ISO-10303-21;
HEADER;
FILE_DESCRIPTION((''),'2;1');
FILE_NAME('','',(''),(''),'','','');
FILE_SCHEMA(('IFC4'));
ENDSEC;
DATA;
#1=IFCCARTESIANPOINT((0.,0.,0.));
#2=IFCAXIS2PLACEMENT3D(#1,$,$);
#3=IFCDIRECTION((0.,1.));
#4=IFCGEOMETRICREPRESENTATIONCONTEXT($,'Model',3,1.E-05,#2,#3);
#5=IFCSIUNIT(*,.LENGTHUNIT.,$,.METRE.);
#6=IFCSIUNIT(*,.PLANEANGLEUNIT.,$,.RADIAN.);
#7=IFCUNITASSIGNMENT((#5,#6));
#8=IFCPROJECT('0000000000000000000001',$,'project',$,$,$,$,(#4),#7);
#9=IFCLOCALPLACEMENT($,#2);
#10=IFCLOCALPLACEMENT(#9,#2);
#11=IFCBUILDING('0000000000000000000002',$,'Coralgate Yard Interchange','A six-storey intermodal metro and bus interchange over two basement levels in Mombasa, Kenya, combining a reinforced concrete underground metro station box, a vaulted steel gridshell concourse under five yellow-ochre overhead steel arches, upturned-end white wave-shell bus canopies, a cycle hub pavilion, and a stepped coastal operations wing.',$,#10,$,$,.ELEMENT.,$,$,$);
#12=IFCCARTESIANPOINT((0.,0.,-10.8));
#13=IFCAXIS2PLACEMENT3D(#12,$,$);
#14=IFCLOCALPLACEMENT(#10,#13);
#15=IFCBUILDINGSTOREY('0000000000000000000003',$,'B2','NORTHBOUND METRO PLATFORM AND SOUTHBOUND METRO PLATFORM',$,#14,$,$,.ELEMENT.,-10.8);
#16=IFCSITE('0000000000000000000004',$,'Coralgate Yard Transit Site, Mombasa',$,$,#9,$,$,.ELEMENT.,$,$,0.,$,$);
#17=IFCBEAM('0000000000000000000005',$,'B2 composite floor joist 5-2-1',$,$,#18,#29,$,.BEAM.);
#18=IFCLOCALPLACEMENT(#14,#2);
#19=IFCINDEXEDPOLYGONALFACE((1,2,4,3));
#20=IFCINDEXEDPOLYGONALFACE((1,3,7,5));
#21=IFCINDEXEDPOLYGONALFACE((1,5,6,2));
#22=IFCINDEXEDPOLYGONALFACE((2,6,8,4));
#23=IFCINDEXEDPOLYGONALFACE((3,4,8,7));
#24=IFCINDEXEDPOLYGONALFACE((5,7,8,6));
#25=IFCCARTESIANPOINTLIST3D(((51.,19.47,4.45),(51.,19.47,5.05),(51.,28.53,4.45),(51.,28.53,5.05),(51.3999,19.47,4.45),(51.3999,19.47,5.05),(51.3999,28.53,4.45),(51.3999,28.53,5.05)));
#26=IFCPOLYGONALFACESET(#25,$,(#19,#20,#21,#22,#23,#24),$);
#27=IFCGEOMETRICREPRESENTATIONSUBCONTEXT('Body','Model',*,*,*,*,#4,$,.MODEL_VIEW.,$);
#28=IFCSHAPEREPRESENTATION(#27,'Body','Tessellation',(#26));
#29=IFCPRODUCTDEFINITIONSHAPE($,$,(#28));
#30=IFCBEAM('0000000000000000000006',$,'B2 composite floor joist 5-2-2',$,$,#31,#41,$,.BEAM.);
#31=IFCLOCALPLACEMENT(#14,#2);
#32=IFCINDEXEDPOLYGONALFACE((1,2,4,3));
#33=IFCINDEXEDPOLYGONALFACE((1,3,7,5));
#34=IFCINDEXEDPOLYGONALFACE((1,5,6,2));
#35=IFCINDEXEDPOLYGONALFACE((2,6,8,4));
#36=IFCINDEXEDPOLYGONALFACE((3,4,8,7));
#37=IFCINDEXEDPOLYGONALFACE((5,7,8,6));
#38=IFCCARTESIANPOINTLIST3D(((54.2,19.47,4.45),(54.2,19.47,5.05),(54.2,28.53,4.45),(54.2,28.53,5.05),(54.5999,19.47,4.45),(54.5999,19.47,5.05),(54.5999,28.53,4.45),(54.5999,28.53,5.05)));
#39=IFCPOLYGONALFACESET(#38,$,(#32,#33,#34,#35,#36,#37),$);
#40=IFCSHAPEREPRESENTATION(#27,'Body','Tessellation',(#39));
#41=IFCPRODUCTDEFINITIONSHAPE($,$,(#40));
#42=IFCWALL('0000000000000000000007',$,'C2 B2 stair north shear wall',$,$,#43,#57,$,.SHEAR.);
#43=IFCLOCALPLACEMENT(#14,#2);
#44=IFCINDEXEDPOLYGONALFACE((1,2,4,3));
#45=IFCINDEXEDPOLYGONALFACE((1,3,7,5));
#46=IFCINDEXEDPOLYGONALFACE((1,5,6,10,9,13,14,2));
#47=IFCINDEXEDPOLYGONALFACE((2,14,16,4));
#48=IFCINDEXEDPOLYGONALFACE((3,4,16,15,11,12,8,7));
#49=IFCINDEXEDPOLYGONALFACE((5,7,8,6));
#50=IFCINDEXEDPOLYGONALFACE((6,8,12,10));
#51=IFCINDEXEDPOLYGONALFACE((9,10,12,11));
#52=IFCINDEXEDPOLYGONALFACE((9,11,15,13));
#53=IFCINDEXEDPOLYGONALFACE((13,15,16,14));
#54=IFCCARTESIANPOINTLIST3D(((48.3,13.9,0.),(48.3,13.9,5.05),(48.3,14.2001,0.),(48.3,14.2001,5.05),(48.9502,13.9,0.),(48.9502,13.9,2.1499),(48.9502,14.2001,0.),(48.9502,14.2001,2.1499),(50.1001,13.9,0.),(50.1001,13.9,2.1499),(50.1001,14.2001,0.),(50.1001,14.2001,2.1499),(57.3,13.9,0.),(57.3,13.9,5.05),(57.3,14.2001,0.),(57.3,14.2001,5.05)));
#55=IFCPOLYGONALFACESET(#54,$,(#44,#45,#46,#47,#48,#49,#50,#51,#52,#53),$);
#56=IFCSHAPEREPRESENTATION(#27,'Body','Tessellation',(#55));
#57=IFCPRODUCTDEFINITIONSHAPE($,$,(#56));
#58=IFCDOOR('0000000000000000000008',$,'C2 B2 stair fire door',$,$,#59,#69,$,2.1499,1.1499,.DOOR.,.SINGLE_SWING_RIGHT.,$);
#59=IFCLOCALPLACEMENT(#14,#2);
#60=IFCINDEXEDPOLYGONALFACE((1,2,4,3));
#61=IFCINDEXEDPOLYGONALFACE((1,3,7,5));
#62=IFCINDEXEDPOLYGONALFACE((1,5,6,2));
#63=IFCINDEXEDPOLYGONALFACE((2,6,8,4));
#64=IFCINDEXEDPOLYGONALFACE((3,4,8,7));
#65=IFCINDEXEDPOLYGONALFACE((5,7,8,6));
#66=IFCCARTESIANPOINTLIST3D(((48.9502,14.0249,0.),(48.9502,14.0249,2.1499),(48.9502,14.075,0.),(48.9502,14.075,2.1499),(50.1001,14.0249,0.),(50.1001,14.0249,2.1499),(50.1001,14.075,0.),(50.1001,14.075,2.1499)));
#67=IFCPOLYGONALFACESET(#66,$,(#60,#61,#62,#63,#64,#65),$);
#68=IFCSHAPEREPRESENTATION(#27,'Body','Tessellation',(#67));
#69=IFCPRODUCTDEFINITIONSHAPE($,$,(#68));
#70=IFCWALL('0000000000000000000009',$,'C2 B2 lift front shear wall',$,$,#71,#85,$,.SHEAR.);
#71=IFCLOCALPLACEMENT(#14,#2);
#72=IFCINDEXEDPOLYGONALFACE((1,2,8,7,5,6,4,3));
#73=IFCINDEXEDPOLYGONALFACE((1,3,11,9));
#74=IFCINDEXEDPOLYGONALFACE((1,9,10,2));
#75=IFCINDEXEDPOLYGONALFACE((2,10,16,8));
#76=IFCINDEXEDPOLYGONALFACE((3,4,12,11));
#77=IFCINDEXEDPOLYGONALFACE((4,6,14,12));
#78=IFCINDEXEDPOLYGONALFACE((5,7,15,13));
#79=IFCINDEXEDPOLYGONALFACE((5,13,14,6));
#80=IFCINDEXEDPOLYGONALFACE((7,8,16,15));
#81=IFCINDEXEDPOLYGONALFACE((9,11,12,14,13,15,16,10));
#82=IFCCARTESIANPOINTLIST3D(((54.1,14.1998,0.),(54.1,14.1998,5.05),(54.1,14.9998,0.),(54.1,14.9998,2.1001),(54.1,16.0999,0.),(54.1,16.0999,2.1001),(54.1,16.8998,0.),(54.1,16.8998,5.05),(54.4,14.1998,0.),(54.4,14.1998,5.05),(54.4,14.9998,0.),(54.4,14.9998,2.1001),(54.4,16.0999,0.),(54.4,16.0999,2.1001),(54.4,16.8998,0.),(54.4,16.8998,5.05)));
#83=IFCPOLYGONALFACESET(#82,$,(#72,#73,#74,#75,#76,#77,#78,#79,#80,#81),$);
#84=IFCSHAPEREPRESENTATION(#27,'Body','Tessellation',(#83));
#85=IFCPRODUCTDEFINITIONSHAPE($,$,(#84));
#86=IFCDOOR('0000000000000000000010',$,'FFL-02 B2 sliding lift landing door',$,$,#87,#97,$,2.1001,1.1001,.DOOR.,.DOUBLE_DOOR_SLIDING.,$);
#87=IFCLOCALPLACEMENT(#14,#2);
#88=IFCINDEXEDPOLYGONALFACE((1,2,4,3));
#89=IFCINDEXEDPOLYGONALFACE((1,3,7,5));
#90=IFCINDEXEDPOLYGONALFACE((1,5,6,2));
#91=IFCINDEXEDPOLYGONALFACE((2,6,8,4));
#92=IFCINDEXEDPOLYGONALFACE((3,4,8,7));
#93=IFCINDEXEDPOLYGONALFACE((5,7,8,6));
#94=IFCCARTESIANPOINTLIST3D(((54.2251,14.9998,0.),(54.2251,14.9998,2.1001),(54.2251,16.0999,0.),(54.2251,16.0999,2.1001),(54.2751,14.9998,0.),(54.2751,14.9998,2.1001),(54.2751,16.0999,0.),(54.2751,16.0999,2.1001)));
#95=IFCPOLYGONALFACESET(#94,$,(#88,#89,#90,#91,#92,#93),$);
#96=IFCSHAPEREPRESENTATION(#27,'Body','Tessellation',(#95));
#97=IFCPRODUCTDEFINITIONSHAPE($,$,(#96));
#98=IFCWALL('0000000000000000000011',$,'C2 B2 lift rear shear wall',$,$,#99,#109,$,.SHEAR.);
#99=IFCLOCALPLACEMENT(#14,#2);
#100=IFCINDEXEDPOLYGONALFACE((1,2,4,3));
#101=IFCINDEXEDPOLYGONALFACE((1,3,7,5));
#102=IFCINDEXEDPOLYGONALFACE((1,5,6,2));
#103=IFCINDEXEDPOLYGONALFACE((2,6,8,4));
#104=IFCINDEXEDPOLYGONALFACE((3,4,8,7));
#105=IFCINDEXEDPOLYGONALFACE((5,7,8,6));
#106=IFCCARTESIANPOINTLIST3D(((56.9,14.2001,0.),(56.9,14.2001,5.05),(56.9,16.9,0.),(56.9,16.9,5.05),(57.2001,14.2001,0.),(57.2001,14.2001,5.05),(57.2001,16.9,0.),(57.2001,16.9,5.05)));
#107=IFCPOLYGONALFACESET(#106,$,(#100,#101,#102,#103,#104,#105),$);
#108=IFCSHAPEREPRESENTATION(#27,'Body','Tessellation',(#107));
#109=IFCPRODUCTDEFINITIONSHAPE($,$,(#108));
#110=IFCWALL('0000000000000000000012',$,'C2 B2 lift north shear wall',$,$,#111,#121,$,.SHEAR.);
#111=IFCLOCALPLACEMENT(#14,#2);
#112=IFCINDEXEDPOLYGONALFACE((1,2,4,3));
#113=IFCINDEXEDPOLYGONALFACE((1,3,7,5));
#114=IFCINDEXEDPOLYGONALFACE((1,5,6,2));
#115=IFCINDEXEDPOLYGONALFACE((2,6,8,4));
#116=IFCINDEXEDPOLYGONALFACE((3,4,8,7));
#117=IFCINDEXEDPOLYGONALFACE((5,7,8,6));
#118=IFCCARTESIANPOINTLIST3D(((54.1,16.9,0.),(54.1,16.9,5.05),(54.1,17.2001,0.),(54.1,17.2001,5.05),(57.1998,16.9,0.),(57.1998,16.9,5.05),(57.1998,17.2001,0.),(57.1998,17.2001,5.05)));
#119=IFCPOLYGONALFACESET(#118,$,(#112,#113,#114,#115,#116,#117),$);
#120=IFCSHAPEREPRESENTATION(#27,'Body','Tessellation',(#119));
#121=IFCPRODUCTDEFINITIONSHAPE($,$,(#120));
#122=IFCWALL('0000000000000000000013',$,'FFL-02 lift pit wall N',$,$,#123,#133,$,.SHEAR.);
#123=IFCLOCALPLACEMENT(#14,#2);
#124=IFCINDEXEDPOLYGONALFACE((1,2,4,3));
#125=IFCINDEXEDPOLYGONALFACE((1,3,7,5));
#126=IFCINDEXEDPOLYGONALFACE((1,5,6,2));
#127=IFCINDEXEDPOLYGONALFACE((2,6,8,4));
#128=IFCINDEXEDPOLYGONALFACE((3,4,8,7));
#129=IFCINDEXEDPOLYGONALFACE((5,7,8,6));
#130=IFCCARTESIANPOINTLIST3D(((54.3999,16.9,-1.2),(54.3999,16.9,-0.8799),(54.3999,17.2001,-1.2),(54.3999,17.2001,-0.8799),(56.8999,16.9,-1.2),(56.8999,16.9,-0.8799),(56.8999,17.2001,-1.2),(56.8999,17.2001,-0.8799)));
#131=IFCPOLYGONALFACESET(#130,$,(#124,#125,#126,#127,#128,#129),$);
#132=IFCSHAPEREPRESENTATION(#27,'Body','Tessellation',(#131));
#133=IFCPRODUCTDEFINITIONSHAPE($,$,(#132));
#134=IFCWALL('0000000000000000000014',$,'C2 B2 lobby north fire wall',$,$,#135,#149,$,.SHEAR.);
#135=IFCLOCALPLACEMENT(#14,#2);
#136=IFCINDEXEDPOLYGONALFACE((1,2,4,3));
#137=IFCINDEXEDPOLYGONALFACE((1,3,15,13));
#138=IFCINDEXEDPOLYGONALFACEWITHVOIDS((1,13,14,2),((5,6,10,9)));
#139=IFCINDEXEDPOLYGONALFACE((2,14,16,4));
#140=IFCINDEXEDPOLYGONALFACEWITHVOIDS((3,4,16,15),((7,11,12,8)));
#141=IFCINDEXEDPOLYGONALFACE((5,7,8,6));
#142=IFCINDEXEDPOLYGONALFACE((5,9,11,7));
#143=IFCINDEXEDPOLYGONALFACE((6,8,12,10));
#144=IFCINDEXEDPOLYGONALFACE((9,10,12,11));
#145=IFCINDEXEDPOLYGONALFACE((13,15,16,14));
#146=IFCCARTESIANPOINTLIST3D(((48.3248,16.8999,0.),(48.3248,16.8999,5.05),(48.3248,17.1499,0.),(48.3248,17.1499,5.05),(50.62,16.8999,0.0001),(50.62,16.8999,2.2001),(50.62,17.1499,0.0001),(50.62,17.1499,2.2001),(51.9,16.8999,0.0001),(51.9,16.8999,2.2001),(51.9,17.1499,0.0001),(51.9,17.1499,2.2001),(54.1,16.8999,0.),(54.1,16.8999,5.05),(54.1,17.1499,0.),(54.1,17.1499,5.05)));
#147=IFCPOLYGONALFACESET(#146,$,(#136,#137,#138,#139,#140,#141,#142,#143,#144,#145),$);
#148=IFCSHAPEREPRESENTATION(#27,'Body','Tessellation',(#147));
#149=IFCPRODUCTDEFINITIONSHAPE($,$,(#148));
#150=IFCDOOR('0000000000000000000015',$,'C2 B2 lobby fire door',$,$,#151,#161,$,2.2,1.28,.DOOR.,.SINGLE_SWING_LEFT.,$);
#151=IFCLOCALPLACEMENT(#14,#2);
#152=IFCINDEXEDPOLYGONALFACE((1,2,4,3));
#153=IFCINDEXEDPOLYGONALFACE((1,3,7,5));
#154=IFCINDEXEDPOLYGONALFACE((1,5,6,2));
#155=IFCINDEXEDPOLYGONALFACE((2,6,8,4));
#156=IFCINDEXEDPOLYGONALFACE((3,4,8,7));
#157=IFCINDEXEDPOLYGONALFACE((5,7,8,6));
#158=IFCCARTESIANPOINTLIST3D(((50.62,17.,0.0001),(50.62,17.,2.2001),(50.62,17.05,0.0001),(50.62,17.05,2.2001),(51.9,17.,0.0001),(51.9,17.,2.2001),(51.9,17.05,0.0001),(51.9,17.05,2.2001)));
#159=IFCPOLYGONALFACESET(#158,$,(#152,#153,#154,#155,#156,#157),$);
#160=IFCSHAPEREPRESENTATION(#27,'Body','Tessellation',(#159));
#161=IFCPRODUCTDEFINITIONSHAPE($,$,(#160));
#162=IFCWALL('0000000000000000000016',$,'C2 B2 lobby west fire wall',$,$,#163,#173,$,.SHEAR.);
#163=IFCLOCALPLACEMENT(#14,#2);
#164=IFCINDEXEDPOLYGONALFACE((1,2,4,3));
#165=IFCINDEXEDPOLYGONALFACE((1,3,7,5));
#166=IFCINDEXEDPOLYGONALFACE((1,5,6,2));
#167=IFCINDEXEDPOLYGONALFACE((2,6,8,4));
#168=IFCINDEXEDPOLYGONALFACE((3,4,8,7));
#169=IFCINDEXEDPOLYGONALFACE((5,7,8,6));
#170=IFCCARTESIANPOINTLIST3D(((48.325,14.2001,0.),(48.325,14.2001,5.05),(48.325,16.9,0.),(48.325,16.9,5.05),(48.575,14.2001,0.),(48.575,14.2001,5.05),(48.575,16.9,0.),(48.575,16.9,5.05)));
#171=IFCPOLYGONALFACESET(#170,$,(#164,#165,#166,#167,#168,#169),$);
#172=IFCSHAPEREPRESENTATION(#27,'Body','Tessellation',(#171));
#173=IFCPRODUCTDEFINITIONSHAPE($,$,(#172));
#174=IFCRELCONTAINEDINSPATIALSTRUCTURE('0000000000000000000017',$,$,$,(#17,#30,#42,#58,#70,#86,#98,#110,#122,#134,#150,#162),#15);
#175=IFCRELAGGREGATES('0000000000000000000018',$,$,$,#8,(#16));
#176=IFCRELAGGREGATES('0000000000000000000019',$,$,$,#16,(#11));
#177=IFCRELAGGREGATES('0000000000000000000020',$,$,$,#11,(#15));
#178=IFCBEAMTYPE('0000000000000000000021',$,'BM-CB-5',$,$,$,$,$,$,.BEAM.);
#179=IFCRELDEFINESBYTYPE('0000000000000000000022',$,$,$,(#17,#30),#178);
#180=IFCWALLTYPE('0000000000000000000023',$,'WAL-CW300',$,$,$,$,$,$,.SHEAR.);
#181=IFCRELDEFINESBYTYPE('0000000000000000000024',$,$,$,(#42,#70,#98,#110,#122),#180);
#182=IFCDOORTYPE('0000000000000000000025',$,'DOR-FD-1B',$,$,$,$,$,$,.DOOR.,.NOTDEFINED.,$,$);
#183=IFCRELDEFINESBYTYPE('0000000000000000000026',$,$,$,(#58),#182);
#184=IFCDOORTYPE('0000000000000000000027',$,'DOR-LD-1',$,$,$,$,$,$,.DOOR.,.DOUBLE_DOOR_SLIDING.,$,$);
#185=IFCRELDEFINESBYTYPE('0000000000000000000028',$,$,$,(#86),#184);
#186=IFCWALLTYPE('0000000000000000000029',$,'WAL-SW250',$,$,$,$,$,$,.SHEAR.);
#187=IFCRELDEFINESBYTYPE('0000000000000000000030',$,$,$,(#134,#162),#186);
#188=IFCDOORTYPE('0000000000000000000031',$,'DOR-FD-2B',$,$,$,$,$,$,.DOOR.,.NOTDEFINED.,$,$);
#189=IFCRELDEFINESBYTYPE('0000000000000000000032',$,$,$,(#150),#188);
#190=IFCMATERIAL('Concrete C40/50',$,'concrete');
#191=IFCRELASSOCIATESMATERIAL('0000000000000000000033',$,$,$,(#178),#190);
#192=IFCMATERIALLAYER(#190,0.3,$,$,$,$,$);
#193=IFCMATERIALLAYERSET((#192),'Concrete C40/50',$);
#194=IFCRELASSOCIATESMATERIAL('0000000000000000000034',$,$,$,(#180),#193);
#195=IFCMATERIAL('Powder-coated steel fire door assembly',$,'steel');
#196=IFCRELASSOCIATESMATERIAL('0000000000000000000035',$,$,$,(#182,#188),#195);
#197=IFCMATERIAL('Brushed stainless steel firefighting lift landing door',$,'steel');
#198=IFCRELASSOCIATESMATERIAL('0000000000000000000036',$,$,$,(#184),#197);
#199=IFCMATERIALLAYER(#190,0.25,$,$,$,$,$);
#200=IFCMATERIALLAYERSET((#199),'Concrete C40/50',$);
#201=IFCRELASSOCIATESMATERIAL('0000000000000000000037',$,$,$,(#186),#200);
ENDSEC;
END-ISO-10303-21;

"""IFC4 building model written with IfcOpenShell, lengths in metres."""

from ifc_helpers import new_model, si_unit, direction, frame, frame_2d, origin, origin_2d, place, context, subcontext, project, spatial, rectangle, extrude, material, layer, layer_set, material_profile, profile_set, type_object, element, fill, save


model = new_model("IFC4")

# Units and contexts
model_context = context("Model", 3, precision=1e-05, world=origin(), true_north=direction((0.0, 1.0)))
body_context = subcontext(model_context, "Body", "Model", "MODEL_VIEW")
ifc_project = project(units=[si_unit("LENGTHUNIT", "METRE"), si_unit("PLANEANGLEUNIT", "RADIAN")], contexts=[model_context])

# Site, building, storey
site_placement = place(None, origin())
site = spatial("IfcSite", under=ifc_project, at=site_placement, Name="Coralgate Yard Transit Site, Mombasa", CompositionType="ELEMENT", RefElevation=0.0)
building_placement = place(site_placement, origin())
building = spatial("IfcBuilding", under=site, at=building_placement, Name="Coralgate Yard Interchange", Description="A six-storey intermodal metro and bus interchange over two basement levels in Mombasa, Kenya, combining a reinforced concrete underground metro station box, a vaulted steel gridshell concourse under five yellow-ochre overhead steel arches, upturned-end white wave-shell bus canopies, a cycle hub pavilion, and a stepped coastal operations wing.", CompositionType="ELEMENT")
storey_placement = place(building_placement, frame((0.0, 0.0, -10.8)))
storey = spatial("IfcBuildingStorey", under=building, at=storey_placement, Name="B2", Description="NORTHBOUND METRO PLATFORM AND SOUTHBOUND METRO PLATFORM", CompositionType="ELEMENT", Elevation=-10.8)

# Shared definitions
ifc_material_1 = material(Name="Concrete C40/50", Category="concrete")

# Beams
ifc_material_profile_1 = material_profile(ifc_material_1, rectangle(XDim=0.3999, YDim=0.6001, at=origin_2d()), Name="RC 400x600")
ifc_profile_set_1 = profile_set([ifc_material_profile_1], Name="Concrete C40/50")
beam_type_1 = type_object("IfcBeamType", Name="BM-CB-5", PredefinedType="BEAM", material=ifc_profile_set_1)
for number, where, z_axis, x_axis, name in (
    (1, (51.2, 19.47, 4.75), (0.0, 1.0, 0.0), (-1.0, 0.0, 0.0), "B2 composite floor joist 5-2-1"),
    (2, (54.3999, 19.47, 4.75), (0.0, 1.0, 0.0), (-1.0, 0.0, 0.0), "B2 composite floor joist 5-2-2"),
):
    element("IfcBeam", number, at=place(storey_placement, frame(where, z_axis=z_axis, x_axis=x_axis)), inside=storey, type_object=beam_type_1, Name=name, PredefinedType="BEAM", context=body_context, shape_type="SweptSolid", body=[
        extrude(rectangle(XDim=0.3999, YDim=0.6001, at=origin_2d()), origin(), (0.0, 0.0, 1.0), 9.0601),
    ])

# Walls, openings, doors
ifc_layer_1 = layer(ifc_material_1, 0.3)
ifc_layer_set_1 = layer_set([ifc_layer_1], Name="Concrete C40/50")
wall_type_1 = type_object("IfcWallType", Name="WAL-CW300", PredefinedType="SHEAR", material=ifc_layer_set_1)
wall_1_placement = place(storey_placement, frame((57.3, 14.05, 0.0), z_axis=(0.0, 0.0, 1.0), x_axis=(-1.0, 0.0, 0.0)))
wall_1 = element("IfcWall", 3, at=wall_1_placement, inside=storey, type_object=wall_type_1, Name="C2 B2 stair north shear wall", PredefinedType="SHEAR", context=body_context, shape_type="SweptSolid", body=[
    extrude(rectangle(XDim=9.0, YDim=0.3, at=frame_2d((4.5, 0.0))), origin(), (0.0, 0.0, 1.0), 5.05),
])
opening_1_placement = place(wall_1_placement, frame((7.2, 0.0, 0.0)))
opening_1 = element("IfcOpeningElement", 4, at=opening_1_placement, cuts=wall_1, PredefinedType="OPENING", context=body_context, shape_type="SweptSolid", body=[
    extrude(rectangle(XDim=1.1499, YDim=2.1499, at=frame_2d((0.575, 1.075))), frame((0.0, 0.1599, 0.0), z_axis=(0.0, -1.0, 0.0), x_axis=(1.0, 0.0, 0.0)), (0.0, 0.0, 1.0), 0.3201),
])
ifc_material_2 = material(Name="Powder-coated steel fire door assembly", Category="steel")
door_type_1 = type_object("IfcDoorType", Name="DOR-FD-1B", OperationType="NOTDEFINED", PredefinedType="DOOR", material=ifc_material_2)
door_1_placement = place(opening_1_placement, frame((1.1499, 0.0, 0.0), z_axis=(0.0, 0.0, 1.0), x_axis=(-1.0, 0.0, 0.0)))
door_1 = element("IfcDoor", 5, at=door_1_placement, inside=storey, type_object=door_type_1, Name="C2 B2 stair fire door", OperationType="SINGLE_SWING_RIGHT", OverallHeight=2.1499, OverallWidth=1.1499, PredefinedType="DOOR", context=body_context, shape_type="SweptSolid", body=[
    extrude(rectangle(XDim=1.1499, YDim=2.1499, at=frame_2d((0.575, 1.075))), frame((0.0, 0.0249, 0.0), z_axis=(0.0, -1.0, 0.0), x_axis=(1.0, 0.0, 0.0)), (0.0, 0.0, 1.0), 0.05),
])
fill(opening_1, door_1)
wall_2_placement = place(storey_placement, frame((54.25, 16.8999, 0.0), z_axis=(0.0, 0.0, 1.0), x_axis=(0.0, -1.0, 0.0)))
wall_2 = element("IfcWall", 6, at=wall_2_placement, inside=storey, type_object=wall_type_1, Name="C2 B2 lift front shear wall", PredefinedType="SHEAR", context=body_context, shape_type="SweptSolid", body=[
    extrude(rectangle(XDim=2.7, YDim=0.3, at=frame_2d((1.3501, 0.0))), origin(), (0.0, 0.0, 1.0), 5.05),
])
opening_2_placement = place(wall_2_placement, frame((0.8, 0.0, 0.0)))
opening_2 = element("IfcOpeningElement", 7, at=opening_2_placement, cuts=wall_2, PredefinedType="OPENING", context=body_context, shape_type="SweptSolid", body=[
    extrude(rectangle(XDim=1.1001, YDim=2.1001, at=frame_2d((0.55, 1.05))), frame((0.0, 0.1599, 0.0), z_axis=(0.0, -1.0, 0.0), x_axis=(1.0, 0.0, 0.0)), (0.0, 0.0, 1.0), 0.3201),
])
ifc_material_3 = material(Name="Brushed stainless steel firefighting lift landing door", Category="steel")
door_type_2 = type_object("IfcDoorType", Name="DOR-LD-1", OperationType="DOUBLE_DOOR_SLIDING", PredefinedType="DOOR", material=ifc_material_3)
door_2_placement = place(opening_2_placement, frame((1.1001, 0.0, 0.0), z_axis=(0.0, 0.0, 1.0), x_axis=(-1.0, 0.0, 0.0)))
door_2 = element("IfcDoor", 8, at=door_2_placement, inside=storey, type_object=door_type_2, Name="FFL-02 B2 sliding lift landing door", OperationType="DOUBLE_DOOR_SLIDING", OverallHeight=2.1001, OverallWidth=1.1001, PredefinedType="DOOR", context=body_context, shape_type="SweptSolid", body=[
    extrude(rectangle(XDim=1.1001, YDim=2.1001, at=frame_2d((0.55, 1.05))), frame((0.0, 0.0249, 0.0), z_axis=(0.0, -1.0, 0.0), x_axis=(1.0, 0.0, 0.0)), (0.0, 0.0, 1.0), 0.05),
])
fill(opening_2, door_2)

# Walls
wall_3_placement = place(storey_placement, frame((57.05, 14.2, 0.0), z_axis=(0.0, 0.0, 1.0), x_axis=(0.0, 1.0, 0.0)))
element("IfcWall", 9, at=wall_3_placement, inside=storey, type_object=wall_type_1, Name="C2 B2 lift rear shear wall", PredefinedType="SHEAR", context=body_context, shape_type="SweptSolid", body=[
    extrude(rectangle(XDim=2.7, YDim=0.3, at=frame_2d((1.3501, 0.0))), origin(), (0.0, 0.0, 1.0), 5.05),
])
wall_4_placement = place(storey_placement, frame((54.1001, 17.05, 0.0), z_axis=(0.0, 0.0, 1.0), x_axis=(1.0, 0.0, 0.0)))
element("IfcWall", 10, at=wall_4_placement, inside=storey, type_object=wall_type_1, Name="C2 B2 lift north shear wall", PredefinedType="SHEAR", context=body_context, shape_type="SweptSolid", body=[
    extrude(rectangle(XDim=3.0999, YDim=0.3, at=frame_2d((1.5498, 0.0))), origin(), (0.0, 0.0, 1.0), 5.05),
])
wall_5_placement = place(storey_placement, frame((54.3999, 17.05, -1.2), z_axis=(0.0, 0.0, 1.0), x_axis=(1.0, 0.0, 0.0)))
element("IfcWall", 11, at=wall_5_placement, inside=storey, type_object=wall_type_1, Name="FFL-02 lift pit wall N", PredefinedType="SHEAR", context=body_context, shape_type="SweptSolid", body=[
    extrude(rectangle(XDim=2.5, YDim=0.3, at=frame_2d((1.25, 0.0))), origin(), (0.0, 0.0, 1.0), 0.3201),
])

# Wall, opening, door
ifc_layer_2 = layer(ifc_material_1, 0.25)
ifc_layer_set_2 = layer_set([ifc_layer_2], Name="Concrete C40/50")
wall_type_2 = type_object("IfcWallType", Name="WAL-SW250", PredefinedType="SHEAR", material=ifc_layer_set_2)
wall_6_placement = place(storey_placement, frame((54.1001, 17.0249, 0.0), z_axis=(0.0, 0.0, 1.0), x_axis=(-1.0, 0.0, 0.0)))
wall_6 = element("IfcWall", 12, at=wall_6_placement, inside=storey, type_object=wall_type_2, Name="C2 B2 lobby north fire wall", PredefinedType="SHEAR", context=body_context, shape_type="SweptSolid", body=[
    extrude(rectangle(XDim=5.7751, YDim=0.25, at=frame_2d((2.8877, 0.0))), origin(), (0.0, 0.0, 1.0), 5.05),
])
opening_3_placement = place(wall_6_placement, frame((2.2, 0.0, 0.0)))
opening_3 = element("IfcOpeningElement", 13, at=opening_3_placement, cuts=wall_6, PredefinedType="OPENING", context=body_context, shape_type="SweptSolid", body=[
    extrude(rectangle(XDim=1.28, YDim=2.2, at=frame_2d((0.6401, 1.1001))), frame((0.0, 0.135, 0.0), z_axis=(0.0, -1.0, 0.0), x_axis=(1.0, 0.0, 0.0)), (0.0, 0.0, 1.0), 0.27),
])
door_type_3 = type_object("IfcDoorType", Name="DOR-FD-2B", OperationType="NOTDEFINED", PredefinedType="DOOR", material=ifc_material_2)
door_3_placement = place(opening_3_placement, origin())
door_3 = element("IfcDoor", 14, at=door_3_placement, inside=storey, type_object=door_type_3, Name="C2 B2 lobby fire door", OperationType="SINGLE_SWING_LEFT", OverallHeight=2.2, OverallWidth=1.28, PredefinedType="DOOR", context=body_context, shape_type="SweptSolid", body=[
    extrude(rectangle(XDim=1.28, YDim=2.2, at=frame_2d((0.6401, 1.1001))), frame((0.0, 0.0249, 0.0), z_axis=(0.0, -1.0, 0.0), x_axis=(1.0, 0.0, 0.0)), (0.0, 0.0, 1.0), 0.05),
])
fill(opening_3, door_3)

# Wall
wall_7_placement = place(storey_placement, frame((48.45, 14.2, 0.0), z_axis=(0.0, 0.0, 1.0), x_axis=(0.0, 1.0, 0.0)))
element("IfcWall", 15, at=wall_7_placement, inside=storey, type_object=wall_type_2, Name="C2 B2 lobby west fire wall", PredefinedType="SHEAR", context=body_context, shape_type="SweptSolid", body=[
    extrude(rectangle(XDim=2.7, YDim=0.25, at=frame_2d((1.3501, 0.0))), origin(), (0.0, 0.0, 1.0), 5.05),
])

save(model, "model.ifc")
